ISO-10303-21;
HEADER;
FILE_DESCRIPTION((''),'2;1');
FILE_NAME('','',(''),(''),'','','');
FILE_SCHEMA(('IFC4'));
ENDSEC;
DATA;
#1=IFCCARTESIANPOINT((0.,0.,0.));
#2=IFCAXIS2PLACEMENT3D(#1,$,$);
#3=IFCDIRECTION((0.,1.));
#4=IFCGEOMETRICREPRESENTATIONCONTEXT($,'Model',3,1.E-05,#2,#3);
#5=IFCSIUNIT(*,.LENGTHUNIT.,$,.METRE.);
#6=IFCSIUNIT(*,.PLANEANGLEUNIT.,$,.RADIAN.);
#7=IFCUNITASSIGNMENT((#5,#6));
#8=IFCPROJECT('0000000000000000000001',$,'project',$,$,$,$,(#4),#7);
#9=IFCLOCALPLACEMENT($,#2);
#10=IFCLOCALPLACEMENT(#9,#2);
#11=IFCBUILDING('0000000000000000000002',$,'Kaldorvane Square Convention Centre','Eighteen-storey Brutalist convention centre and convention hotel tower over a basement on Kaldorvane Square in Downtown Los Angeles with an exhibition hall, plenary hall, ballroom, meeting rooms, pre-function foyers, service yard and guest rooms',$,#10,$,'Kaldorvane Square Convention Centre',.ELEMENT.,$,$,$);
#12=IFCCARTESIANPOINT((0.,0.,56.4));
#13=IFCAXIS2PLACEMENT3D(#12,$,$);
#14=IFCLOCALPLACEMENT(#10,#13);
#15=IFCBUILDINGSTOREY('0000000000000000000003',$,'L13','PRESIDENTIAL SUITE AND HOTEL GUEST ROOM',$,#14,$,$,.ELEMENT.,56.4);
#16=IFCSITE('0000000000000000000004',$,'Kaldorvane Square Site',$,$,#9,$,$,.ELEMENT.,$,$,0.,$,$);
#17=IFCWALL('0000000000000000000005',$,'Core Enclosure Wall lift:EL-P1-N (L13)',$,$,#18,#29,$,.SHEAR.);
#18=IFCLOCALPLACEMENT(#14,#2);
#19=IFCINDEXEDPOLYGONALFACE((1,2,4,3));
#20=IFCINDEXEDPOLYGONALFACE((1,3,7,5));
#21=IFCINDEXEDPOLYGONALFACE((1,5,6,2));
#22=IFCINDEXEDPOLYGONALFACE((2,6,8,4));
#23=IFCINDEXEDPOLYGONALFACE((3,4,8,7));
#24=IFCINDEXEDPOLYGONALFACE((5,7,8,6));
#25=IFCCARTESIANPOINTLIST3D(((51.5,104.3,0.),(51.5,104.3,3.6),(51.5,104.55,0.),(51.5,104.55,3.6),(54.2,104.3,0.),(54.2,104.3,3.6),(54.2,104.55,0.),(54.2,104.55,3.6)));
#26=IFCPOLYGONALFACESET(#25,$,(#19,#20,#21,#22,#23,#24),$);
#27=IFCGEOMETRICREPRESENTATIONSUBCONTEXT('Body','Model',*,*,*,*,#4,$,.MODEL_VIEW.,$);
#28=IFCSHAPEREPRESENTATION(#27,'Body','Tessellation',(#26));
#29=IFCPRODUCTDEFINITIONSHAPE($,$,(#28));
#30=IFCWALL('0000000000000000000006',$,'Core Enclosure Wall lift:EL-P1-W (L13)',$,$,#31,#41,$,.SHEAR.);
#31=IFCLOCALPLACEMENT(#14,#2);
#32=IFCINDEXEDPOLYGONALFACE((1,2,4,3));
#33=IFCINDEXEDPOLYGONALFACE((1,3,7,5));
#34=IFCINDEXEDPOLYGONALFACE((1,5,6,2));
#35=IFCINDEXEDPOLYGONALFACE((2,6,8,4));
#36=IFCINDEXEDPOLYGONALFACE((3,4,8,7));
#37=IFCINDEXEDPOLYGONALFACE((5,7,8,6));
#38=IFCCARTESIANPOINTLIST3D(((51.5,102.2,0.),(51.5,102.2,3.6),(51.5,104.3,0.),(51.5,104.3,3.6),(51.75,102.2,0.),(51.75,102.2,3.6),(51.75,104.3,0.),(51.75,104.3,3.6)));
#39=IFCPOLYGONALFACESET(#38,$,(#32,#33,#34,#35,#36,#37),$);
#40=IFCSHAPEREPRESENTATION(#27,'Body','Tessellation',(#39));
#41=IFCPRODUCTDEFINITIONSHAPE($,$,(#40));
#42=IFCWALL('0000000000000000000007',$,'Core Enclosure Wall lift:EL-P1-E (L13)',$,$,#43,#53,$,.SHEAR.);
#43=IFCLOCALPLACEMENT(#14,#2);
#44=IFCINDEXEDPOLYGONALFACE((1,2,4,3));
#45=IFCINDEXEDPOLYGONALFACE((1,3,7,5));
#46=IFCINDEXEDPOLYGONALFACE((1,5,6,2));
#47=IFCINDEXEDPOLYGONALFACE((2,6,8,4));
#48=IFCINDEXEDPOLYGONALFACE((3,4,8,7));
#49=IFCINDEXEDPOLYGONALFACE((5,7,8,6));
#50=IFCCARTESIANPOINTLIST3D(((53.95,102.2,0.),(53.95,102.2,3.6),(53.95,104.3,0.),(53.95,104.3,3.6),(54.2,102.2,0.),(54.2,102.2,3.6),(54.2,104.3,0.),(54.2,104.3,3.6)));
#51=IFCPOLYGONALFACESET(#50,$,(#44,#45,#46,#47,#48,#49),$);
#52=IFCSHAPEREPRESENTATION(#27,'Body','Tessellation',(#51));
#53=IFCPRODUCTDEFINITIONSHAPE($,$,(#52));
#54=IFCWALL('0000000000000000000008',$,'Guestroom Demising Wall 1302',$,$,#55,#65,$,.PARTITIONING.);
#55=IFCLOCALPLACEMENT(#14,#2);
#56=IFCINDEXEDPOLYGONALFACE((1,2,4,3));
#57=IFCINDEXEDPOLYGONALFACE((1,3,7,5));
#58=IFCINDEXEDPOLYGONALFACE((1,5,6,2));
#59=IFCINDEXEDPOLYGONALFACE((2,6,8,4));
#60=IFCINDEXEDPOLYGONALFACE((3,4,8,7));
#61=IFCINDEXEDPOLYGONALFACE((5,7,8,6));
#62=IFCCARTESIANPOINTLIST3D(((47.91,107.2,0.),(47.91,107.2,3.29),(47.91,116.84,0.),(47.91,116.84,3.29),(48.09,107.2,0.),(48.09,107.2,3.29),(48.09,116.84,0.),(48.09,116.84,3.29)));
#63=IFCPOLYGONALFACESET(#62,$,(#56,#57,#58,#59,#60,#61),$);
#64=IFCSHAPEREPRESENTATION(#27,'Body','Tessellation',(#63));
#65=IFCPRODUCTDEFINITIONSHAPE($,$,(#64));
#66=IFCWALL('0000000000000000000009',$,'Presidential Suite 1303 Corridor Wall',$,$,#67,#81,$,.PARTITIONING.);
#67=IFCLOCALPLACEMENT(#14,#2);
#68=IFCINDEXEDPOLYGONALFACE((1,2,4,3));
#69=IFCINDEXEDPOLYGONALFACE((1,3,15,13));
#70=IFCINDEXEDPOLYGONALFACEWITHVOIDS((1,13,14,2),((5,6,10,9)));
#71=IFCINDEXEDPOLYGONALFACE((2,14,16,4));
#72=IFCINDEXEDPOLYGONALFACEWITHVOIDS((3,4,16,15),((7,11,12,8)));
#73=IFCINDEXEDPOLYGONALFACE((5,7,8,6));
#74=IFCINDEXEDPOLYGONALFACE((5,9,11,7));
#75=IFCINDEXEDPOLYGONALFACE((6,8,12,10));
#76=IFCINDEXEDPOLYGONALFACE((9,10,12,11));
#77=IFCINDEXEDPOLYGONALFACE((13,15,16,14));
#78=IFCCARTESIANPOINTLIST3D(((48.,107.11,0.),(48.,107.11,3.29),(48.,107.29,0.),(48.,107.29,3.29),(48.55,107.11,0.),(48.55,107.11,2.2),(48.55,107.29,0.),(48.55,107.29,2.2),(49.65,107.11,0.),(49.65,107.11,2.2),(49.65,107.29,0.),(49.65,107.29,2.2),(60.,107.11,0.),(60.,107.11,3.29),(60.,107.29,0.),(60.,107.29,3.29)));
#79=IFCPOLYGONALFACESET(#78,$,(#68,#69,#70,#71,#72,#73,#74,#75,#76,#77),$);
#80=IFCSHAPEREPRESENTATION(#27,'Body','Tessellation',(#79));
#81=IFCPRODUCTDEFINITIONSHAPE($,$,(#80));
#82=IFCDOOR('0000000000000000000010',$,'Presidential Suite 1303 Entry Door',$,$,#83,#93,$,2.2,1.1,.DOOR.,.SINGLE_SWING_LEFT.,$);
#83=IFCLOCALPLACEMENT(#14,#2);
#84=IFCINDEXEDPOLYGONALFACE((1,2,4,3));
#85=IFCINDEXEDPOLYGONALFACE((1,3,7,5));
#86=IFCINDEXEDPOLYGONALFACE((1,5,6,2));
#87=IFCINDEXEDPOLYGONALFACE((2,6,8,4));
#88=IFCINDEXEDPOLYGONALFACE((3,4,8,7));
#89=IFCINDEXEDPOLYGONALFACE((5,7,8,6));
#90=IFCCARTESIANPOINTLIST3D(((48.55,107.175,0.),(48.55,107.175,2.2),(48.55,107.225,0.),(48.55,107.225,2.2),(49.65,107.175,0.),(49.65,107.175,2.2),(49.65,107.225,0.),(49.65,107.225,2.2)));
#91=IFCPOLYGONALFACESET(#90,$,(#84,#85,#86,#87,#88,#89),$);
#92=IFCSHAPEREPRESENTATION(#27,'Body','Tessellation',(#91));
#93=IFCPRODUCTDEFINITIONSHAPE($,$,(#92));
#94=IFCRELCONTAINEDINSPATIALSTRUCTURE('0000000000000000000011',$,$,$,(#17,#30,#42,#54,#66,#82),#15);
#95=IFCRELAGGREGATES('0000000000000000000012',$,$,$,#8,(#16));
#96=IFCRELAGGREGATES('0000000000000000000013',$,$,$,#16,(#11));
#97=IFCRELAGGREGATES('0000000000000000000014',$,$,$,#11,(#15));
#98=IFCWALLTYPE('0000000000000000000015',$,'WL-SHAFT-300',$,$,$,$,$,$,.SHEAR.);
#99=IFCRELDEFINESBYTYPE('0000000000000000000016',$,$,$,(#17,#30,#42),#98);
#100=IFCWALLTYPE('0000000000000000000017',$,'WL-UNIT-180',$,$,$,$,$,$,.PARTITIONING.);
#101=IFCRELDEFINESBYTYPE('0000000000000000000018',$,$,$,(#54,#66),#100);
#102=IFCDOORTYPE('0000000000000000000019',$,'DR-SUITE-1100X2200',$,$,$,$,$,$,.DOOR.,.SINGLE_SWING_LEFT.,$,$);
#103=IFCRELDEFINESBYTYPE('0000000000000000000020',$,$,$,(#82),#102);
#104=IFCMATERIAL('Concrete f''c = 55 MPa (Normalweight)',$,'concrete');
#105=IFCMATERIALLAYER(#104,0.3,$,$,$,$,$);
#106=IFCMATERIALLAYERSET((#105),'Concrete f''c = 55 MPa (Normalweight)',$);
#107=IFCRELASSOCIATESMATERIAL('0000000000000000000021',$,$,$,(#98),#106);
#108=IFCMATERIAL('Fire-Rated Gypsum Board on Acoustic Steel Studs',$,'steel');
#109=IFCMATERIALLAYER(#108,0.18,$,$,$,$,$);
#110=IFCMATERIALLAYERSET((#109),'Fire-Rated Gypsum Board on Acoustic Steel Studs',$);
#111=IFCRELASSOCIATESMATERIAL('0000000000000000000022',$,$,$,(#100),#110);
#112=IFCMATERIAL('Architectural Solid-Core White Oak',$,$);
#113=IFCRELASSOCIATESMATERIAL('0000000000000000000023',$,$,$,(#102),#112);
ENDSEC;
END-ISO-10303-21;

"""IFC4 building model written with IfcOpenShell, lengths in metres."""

from ifc_helpers import new_model, si_unit, direction, frame, frame_2d, origin, place, context, subcontext, project, spatial, rectangle, extrude, material, layer, layer_set, type_object, element, fill, save


model = new_model("IFC4")

# Units and contexts
model_context = context("Model", 3, precision=1e-05, world=origin(), true_north=direction((0.0, 1.0)))
body_context = subcontext(model_context, "Body", "Model", "MODEL_VIEW")
ifc_project = project(units=[si_unit("LENGTHUNIT", "METRE"), si_unit("PLANEANGLEUNIT", "RADIAN")], contexts=[model_context])

# Site, building, storey
site_placement = place(None, origin())
site = spatial("IfcSite", under=ifc_project, at=site_placement, Name="Kaldorvane Square Site", CompositionType="ELEMENT", RefElevation=0.0)
building_placement = place(site_placement, origin())
building = spatial("IfcBuilding", under=site, at=building_placement, Name="Kaldorvane Square Convention Centre", Description="Eighteen-storey Brutalist convention centre and convention hotel tower over a basement on Kaldorvane Square in Downtown Los Angeles with an exhibition hall, plenary hall, ballroom, meeting rooms, pre-function foyers, service yard and guest rooms", LongName="Kaldorvane Square Convention Centre", CompositionType="ELEMENT")
storey_placement = place(building_placement, frame((0.0, 0.0, 56.4)))
storey = spatial("IfcBuildingStorey", under=building, at=storey_placement, Name="L13", Description="PRESIDENTIAL SUITE AND HOTEL GUEST ROOM", CompositionType="ELEMENT", Elevation=56.4)

# Walls
ifc_material_1 = material(Name="Concrete f'c = 55 MPa (Normalweight)", Category="concrete")
ifc_layer_1 = layer(ifc_material_1, 0.3)
ifc_layer_set_1 = layer_set([ifc_layer_1], Name="Concrete f'c = 55 MPa (Normalweight)")
wall_type_1 = type_object("IfcWallType", Name="WL-SHAFT-300", PredefinedType="SHEAR", material=ifc_layer_set_1)
wall_1_placement = place(storey_placement, frame((54.2, 104.425, 0.0), z_axis=(0.0, 0.0, 1.0), x_axis=(-1.0, 0.0, 0.0)))
element("IfcWall", 1, at=wall_1_placement, inside=storey, type_object=wall_type_1, Name="Core Enclosure Wall lift:EL-P1-N (L13)", PredefinedType="SHEAR", context=body_context, shape_type="SweptSolid", body=[
    extrude(rectangle(XDim=2.7, YDim=0.25, at=frame_2d((1.35, 0.0))), origin(), (0.0, 0.0, 1.0), 3.6),
])
for number, where, z_axis, x_axis, name in (
    (2, (51.625, 104.3, 0.0), (0.0, 0.0, 1.0), (0.0, -1.0, 0.0), "Core Enclosure Wall lift:EL-P1-W (L13)"),
    (3, (54.075, 102.2, 0.0), (0.0, 0.0, 1.0), (0.0, 1.0, 0.0), "Core Enclosure Wall lift:EL-P1-E (L13)"),
):
    element("IfcWall", number, at=place(storey_placement, frame(where, z_axis=z_axis, x_axis=x_axis)), inside=storey, type_object=wall_type_1, Name=name, PredefinedType="SHEAR", context=body_context, shape_type="SweptSolid", body=[
        extrude(rectangle(XDim=2.1, YDim=0.25, at=frame_2d((1.05, 0.0))), origin(), (0.0, 0.0, 1.0), 3.6),
    ])

# Wall
ifc_material_2 = material(Name="Fire-Rated Gypsum Board on Acoustic Steel Studs", Category="steel")
ifc_layer_2 = layer(ifc_material_2, 0.18)
ifc_layer_set_2 = layer_set([ifc_layer_2], Name="Fire-Rated Gypsum Board on Acoustic Steel Studs")
wall_type_2 = type_object("IfcWallType", Name="WL-UNIT-180", PredefinedType="PARTITIONING", material=ifc_layer_set_2)
wall_2_placement = place(storey_placement, frame((48.0, 107.2, 0.0), z_axis=(0.0, 0.0, 1.0), x_axis=(0.0, 1.0, 0.0)))
element("IfcWall", 4, at=wall_2_placement, inside=storey, type_object=wall_type_2, Name="Guestroom Demising Wall 1302", PredefinedType="PARTITIONING", context=body_context, shape_type="SweptSolid", body=[
    extrude(rectangle(XDim=9.64, YDim=0.18, at=frame_2d((4.82, 0.0))), origin(), (0.0, 0.0, 1.0), 3.29),
])

# Wall, opening, door
wall_3_placement = place(storey_placement, frame((48.0, 107.2, 0.0), z_axis=(0.0, 0.0, 1.0), x_axis=(1.0, 0.0, 0.0)))
wall_3 = element("IfcWall", 5, at=wall_3_placement, inside=storey, type_object=wall_type_2, Name="Presidential Suite 1303 Corridor Wall", PredefinedType="PARTITIONING", context=body_context, shape_type="SweptSolid", body=[
    extrude(rectangle(XDim=12.0, YDim=0.18, at=frame_2d((6.0, 0.0))), origin(), (0.0, 0.0, 1.0), 3.29),
])
opening_1_placement = place(wall_3_placement, frame((0.55, 0.0, 0.0)))
opening_1 = element("IfcOpeningElement", 6, at=opening_1_placement, cuts=wall_3, PredefinedType="OPENING", context=body_context, shape_type="SweptSolid", body=[
    extrude(rectangle(XDim=1.1, YDim=2.2, at=frame_2d((0.55, 1.1))), frame((0.0, 0.105, 0.0), z_axis=(0.0, -1.0, 0.0), x_axis=(1.0, 0.0, 0.0)), (0.0, 0.0, 1.0), 0.21),
])
ifc_material_3 = material(Name="Architectural Solid-Core White Oak")
door_type_1 = type_object("IfcDoorType", Name="DR-SUITE-1100X2200", OperationType="SINGLE_SWING_LEFT", PredefinedType="DOOR", material=ifc_material_3)
door_1_placement = place(opening_1_placement, origin())
door_1 = element("IfcDoor", 7, at=door_1_placement, inside=storey, type_object=door_type_1, Name="Presidential Suite 1303 Entry Door", OperationType="SINGLE_SWING_LEFT", OverallHeight=2.2, OverallWidth=1.1, PredefinedType="DOOR", context=body_context, shape_type="SweptSolid", body=[
    extrude(rectangle(XDim=1.1, YDim=2.2, at=frame_2d((0.55, 1.1))), frame((0.0, 0.025, 0.0), z_axis=(0.0, -1.0, 0.0), x_axis=(1.0, 0.0, 0.0)), (0.0, 0.0, 1.0), 0.05),
])
fill(opening_1, door_1)

save(model, "model.ifc")
